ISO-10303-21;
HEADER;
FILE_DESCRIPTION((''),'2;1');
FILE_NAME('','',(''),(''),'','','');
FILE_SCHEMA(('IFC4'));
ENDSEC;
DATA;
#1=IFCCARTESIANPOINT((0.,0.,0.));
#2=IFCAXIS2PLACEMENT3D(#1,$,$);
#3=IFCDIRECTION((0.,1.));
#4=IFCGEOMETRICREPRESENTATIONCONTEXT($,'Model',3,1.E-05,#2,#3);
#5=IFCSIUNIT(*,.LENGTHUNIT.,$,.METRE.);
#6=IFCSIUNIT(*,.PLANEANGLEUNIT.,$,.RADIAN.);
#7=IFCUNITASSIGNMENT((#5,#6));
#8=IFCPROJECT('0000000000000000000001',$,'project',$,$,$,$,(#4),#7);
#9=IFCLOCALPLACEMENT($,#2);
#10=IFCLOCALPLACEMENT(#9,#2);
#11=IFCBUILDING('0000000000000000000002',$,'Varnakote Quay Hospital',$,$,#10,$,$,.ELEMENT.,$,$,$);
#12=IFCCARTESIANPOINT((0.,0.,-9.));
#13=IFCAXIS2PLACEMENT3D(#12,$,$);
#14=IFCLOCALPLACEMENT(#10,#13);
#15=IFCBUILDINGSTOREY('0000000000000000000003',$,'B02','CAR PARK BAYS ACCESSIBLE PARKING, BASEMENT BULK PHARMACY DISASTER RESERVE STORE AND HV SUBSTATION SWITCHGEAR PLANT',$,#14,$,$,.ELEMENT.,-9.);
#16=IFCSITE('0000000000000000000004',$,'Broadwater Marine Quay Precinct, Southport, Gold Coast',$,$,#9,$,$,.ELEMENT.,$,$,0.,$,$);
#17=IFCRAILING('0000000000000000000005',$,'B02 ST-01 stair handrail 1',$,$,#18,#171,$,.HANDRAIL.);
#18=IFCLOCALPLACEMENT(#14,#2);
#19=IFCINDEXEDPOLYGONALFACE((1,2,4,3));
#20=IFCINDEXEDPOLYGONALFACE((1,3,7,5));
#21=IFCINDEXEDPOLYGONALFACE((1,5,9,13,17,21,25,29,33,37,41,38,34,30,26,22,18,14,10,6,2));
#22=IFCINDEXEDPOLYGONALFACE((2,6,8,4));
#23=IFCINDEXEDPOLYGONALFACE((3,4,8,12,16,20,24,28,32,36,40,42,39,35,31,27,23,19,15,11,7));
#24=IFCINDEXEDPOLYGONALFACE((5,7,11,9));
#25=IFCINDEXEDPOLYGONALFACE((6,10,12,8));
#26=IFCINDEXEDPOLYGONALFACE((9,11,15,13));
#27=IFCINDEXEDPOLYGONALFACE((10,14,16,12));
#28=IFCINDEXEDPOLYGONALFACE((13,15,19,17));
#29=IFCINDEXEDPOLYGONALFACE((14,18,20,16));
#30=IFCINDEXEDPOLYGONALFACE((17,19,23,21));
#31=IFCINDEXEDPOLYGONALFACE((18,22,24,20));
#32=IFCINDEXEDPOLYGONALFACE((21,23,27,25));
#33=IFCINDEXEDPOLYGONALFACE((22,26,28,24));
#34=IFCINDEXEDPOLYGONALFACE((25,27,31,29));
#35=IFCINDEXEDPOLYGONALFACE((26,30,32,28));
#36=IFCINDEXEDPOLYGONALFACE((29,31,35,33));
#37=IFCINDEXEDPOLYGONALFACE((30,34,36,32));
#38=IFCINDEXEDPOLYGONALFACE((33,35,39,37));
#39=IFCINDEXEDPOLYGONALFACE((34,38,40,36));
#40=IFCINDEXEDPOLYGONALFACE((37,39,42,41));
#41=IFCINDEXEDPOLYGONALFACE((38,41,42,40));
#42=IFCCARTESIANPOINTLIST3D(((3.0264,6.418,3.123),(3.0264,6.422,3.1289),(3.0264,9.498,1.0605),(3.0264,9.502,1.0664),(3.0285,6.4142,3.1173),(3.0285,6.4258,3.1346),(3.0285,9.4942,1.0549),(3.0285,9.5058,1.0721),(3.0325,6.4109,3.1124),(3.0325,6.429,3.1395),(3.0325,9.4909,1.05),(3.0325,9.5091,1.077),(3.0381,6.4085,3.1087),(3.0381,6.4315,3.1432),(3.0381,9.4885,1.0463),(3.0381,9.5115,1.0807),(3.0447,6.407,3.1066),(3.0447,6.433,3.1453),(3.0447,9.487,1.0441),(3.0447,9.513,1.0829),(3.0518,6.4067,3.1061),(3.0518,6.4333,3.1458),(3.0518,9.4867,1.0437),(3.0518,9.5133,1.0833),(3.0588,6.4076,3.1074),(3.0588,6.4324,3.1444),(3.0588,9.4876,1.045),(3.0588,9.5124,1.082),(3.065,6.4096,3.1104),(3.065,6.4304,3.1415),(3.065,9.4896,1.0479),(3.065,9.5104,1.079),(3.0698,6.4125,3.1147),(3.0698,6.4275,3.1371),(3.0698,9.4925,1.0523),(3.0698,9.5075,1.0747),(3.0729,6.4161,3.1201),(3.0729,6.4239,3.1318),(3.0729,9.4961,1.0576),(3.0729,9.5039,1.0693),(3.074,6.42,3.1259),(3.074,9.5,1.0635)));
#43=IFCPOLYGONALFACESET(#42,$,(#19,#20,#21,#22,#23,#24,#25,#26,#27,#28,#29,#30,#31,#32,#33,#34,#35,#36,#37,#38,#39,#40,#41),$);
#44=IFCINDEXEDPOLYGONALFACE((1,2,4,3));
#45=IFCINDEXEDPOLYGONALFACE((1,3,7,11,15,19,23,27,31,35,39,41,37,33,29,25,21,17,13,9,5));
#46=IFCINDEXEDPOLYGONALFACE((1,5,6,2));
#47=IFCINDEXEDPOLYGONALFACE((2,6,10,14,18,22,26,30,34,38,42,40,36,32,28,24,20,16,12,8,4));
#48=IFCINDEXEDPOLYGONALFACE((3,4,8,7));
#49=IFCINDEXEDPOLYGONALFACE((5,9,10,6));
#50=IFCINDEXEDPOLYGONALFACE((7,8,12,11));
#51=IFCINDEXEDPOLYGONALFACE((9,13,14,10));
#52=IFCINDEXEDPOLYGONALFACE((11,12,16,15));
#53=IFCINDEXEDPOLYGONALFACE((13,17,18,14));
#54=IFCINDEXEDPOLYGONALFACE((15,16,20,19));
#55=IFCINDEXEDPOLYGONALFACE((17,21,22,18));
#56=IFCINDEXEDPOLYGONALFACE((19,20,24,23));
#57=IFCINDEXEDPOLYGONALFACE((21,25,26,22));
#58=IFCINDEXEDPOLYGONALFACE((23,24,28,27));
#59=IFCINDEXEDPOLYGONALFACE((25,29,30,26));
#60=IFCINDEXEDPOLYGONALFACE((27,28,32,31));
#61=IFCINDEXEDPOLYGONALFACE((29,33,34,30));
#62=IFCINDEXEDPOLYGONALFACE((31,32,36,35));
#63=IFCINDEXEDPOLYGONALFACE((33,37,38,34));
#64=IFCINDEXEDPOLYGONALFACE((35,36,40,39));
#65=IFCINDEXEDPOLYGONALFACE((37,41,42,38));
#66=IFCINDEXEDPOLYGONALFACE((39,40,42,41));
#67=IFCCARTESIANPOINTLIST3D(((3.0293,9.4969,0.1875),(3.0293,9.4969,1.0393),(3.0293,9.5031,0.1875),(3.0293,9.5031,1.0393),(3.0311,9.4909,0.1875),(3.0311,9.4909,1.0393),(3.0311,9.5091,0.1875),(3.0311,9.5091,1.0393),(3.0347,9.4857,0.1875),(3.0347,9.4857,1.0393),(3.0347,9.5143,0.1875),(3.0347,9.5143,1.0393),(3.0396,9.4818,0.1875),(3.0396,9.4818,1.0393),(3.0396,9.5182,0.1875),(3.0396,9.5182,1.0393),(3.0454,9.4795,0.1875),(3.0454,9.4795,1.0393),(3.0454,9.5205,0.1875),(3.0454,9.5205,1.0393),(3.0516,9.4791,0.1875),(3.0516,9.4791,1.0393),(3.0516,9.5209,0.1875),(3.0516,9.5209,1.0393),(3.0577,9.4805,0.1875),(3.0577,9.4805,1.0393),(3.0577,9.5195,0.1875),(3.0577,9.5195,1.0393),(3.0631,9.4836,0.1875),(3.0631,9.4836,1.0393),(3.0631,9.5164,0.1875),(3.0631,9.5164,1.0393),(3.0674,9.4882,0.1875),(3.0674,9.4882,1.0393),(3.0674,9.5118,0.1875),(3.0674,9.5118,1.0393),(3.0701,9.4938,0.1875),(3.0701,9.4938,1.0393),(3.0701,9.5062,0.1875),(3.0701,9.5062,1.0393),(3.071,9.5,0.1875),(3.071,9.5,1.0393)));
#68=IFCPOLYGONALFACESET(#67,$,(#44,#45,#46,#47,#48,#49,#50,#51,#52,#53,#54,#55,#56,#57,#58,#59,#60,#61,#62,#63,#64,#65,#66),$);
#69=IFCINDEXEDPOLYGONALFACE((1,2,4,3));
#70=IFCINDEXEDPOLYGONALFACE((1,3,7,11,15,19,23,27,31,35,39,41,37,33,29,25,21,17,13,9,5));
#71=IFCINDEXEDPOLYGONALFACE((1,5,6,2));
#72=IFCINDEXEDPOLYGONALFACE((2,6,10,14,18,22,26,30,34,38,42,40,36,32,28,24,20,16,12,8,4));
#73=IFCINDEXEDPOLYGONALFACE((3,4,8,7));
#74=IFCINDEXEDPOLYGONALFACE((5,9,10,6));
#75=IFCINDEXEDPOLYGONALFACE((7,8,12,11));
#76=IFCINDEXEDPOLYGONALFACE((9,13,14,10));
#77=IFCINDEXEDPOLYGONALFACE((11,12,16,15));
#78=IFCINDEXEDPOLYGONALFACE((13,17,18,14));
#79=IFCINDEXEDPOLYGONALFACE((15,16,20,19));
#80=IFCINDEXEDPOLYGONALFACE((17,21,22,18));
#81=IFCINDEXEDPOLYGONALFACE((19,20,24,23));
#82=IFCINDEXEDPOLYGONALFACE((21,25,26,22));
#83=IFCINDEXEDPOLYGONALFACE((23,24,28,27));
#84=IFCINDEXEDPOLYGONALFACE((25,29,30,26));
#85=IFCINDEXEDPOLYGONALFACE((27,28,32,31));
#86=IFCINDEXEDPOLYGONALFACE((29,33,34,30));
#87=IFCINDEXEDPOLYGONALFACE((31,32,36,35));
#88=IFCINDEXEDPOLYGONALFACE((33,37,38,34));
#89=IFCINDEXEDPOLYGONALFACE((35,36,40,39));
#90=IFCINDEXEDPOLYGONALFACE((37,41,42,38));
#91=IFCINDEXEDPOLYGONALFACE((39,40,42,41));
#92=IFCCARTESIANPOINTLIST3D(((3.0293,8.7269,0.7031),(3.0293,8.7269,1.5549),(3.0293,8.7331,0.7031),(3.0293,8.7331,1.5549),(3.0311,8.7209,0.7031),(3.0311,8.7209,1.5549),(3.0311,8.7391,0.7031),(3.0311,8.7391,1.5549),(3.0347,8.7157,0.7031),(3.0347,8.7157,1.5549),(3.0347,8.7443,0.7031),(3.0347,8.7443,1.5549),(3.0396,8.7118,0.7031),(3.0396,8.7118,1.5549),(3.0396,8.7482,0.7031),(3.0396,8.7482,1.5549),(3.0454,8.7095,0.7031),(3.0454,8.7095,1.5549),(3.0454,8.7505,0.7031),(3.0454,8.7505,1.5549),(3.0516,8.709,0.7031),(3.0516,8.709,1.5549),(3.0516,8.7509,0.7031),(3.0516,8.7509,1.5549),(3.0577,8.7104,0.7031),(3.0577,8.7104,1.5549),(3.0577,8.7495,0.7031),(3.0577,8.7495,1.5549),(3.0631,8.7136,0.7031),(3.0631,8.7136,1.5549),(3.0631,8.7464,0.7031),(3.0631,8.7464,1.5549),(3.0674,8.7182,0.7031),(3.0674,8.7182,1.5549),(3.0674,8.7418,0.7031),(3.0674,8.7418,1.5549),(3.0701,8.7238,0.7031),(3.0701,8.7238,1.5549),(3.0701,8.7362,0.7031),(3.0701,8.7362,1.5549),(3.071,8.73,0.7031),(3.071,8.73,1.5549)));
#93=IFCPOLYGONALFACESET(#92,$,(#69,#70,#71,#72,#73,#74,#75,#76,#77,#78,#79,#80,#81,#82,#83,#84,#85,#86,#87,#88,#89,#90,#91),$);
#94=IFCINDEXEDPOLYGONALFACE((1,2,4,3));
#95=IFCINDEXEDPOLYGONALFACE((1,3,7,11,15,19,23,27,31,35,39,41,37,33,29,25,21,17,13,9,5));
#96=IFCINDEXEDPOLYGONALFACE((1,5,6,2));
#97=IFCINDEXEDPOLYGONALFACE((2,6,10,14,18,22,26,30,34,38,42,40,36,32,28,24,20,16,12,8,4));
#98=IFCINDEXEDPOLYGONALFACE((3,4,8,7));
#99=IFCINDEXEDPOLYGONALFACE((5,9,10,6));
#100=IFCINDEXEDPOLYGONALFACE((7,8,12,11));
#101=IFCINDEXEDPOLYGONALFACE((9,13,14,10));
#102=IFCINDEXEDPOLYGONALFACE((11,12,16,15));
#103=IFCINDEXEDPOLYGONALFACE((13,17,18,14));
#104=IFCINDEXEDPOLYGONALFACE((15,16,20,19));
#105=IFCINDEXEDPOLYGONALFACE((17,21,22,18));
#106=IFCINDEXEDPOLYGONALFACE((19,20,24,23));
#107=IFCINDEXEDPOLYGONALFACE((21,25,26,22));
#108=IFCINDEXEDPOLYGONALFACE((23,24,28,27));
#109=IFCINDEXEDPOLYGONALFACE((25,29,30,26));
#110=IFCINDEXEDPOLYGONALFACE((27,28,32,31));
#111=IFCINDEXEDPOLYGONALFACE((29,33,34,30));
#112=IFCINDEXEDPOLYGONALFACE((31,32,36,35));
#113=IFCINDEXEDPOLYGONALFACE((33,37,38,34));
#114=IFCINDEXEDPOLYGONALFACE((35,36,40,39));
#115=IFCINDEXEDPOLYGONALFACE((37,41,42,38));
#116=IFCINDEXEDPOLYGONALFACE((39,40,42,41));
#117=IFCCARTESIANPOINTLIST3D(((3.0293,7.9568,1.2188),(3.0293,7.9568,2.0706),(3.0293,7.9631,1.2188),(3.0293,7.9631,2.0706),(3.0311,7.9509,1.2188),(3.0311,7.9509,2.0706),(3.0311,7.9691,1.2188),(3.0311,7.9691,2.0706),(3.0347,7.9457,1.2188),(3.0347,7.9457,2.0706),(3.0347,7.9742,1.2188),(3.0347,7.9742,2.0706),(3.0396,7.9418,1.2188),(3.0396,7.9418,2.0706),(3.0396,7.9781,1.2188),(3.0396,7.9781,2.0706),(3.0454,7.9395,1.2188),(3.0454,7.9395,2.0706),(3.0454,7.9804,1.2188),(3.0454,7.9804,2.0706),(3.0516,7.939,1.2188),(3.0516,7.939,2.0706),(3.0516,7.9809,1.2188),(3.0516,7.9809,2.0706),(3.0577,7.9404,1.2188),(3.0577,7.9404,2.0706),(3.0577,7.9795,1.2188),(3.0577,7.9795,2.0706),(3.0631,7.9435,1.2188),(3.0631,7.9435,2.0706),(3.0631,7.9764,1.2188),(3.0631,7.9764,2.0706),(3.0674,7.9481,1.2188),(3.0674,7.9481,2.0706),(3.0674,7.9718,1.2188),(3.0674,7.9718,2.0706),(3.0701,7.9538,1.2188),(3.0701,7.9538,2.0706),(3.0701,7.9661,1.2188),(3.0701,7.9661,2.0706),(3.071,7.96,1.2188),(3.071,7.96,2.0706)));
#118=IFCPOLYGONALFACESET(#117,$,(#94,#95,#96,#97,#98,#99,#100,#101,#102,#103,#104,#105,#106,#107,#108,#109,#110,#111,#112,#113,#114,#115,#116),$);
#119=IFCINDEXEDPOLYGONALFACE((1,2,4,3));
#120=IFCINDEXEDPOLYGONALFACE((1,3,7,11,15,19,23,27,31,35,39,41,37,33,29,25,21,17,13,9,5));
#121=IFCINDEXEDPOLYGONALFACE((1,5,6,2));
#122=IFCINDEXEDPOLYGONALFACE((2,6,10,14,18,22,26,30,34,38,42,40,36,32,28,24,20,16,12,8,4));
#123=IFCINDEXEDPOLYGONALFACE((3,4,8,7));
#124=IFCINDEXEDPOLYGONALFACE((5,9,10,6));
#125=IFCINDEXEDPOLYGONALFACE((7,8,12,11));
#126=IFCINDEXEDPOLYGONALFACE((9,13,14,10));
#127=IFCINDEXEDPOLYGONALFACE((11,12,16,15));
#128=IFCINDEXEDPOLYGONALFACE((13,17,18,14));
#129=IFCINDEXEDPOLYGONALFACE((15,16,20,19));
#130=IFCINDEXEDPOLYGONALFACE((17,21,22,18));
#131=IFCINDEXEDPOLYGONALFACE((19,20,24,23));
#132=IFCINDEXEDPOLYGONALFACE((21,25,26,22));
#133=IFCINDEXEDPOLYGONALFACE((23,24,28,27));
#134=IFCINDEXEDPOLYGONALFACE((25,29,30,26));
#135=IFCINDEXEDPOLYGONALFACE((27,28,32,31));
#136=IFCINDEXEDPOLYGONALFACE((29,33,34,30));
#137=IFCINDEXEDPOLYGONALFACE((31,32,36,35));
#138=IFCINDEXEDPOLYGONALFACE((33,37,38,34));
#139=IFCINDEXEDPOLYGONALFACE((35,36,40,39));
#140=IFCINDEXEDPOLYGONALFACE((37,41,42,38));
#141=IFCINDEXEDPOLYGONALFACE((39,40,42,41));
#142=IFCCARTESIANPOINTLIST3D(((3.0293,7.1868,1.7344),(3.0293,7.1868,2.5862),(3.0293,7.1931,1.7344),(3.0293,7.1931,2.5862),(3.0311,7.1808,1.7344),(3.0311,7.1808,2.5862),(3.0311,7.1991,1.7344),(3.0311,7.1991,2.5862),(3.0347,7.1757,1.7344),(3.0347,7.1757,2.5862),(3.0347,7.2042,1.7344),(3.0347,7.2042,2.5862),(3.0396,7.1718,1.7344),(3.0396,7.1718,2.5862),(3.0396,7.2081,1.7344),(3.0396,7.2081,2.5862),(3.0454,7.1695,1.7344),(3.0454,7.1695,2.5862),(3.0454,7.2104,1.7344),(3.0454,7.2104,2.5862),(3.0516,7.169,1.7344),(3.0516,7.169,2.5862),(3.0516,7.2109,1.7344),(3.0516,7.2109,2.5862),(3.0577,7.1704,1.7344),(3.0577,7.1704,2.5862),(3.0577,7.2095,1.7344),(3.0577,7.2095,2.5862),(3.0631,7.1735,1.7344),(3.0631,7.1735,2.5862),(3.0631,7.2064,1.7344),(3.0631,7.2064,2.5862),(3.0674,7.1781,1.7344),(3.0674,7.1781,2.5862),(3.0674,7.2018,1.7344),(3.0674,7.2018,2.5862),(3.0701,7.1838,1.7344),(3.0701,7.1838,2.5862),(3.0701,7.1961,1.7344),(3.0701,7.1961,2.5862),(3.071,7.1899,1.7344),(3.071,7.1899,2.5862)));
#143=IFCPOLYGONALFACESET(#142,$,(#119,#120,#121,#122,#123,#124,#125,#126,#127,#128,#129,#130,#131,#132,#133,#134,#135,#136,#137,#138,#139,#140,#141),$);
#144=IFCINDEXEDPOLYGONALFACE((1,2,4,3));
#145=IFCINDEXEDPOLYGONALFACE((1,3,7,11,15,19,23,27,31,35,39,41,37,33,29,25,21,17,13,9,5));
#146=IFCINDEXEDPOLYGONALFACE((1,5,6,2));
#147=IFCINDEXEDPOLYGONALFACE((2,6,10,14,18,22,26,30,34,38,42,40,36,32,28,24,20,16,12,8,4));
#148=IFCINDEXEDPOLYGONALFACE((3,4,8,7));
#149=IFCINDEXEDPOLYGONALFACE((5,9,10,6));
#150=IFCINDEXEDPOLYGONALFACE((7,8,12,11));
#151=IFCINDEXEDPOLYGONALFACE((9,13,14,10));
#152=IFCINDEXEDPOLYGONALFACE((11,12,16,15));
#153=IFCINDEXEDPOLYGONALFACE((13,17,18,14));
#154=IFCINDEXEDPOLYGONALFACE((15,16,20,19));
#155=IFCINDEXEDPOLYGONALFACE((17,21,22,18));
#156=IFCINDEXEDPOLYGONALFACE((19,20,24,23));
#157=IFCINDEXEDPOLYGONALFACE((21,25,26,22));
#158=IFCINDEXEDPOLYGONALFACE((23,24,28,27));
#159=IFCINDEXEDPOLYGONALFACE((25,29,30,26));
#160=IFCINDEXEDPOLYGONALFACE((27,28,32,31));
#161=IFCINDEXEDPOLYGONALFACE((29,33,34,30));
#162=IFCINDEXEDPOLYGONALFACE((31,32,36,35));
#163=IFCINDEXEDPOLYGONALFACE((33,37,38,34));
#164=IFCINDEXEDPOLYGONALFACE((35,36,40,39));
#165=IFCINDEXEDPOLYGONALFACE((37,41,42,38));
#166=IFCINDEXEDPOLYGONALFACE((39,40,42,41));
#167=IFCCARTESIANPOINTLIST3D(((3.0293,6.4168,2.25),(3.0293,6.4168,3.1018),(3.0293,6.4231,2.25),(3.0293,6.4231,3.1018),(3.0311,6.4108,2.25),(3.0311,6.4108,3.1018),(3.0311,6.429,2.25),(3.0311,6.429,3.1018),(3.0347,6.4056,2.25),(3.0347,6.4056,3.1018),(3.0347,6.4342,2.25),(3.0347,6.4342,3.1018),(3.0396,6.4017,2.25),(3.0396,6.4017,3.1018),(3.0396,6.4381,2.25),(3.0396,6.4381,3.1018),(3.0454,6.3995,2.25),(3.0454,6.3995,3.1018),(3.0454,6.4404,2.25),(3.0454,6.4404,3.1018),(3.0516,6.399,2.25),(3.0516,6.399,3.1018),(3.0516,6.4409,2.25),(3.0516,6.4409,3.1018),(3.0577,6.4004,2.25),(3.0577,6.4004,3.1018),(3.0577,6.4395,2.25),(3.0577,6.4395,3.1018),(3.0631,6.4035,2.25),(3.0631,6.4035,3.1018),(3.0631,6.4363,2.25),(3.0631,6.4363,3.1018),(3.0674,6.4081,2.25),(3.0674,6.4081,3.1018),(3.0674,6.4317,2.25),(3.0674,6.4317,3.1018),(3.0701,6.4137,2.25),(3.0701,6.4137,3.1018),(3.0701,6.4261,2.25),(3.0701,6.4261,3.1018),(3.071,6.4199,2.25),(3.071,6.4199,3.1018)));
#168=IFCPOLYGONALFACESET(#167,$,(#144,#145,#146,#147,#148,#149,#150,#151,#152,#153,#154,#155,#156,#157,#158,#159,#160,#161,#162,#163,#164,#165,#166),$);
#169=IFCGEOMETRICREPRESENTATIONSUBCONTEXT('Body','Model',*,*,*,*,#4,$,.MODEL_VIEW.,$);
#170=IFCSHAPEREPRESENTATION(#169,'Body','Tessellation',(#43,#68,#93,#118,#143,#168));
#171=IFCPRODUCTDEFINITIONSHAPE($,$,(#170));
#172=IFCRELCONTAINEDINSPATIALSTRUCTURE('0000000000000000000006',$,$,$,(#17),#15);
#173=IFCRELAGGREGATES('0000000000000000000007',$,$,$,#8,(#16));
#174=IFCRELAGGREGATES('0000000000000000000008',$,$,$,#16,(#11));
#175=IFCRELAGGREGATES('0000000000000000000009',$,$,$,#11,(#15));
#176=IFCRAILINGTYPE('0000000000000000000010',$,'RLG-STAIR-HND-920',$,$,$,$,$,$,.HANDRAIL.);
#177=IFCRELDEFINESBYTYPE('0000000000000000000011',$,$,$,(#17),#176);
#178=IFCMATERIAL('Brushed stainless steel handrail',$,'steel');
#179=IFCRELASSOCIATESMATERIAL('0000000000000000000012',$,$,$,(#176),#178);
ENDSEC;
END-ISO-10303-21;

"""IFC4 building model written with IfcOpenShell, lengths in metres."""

from ifc_helpers import new_model, si_unit, direction, frame, origin, origin_2d, place, context, subcontext, project, spatial, circle, extrude, material, type_object, element, save


model = new_model("IFC4")

# Units and contexts
model_context = context("Model", 3, precision=1e-05, world=origin(), true_north=direction((0.0, 1.0)))
body_context = subcontext(model_context, "Body", "Model", "MODEL_VIEW")
ifc_project = project(units=[si_unit("LENGTHUNIT", "METRE"), si_unit("PLANEANGLEUNIT", "RADIAN")], contexts=[model_context])

# Site, building, storey
site_placement = place(None, origin())
site = spatial("IfcSite", under=ifc_project, at=site_placement, Name="Broadwater Marine Quay Precinct, Southport, Gold Coast", CompositionType="ELEMENT", RefElevation=0.0)
building_placement = place(site_placement, origin())
building = spatial("IfcBuilding", under=site, at=building_placement, Name="Varnakote Quay Hospital", CompositionType="ELEMENT")
storey_placement = place(building_placement, frame((0.0, 0.0, -9.0)))
storey = spatial("IfcBuildingStorey", under=building, at=storey_placement, Name="B02", Description="CAR PARK BAYS ACCESSIBLE PARKING, BASEMENT BULK PHARMACY DISASTER RESERVE STORE AND HV SUBSTATION SWITCHGEAR PLANT", CompositionType="ELEMENT", Elevation=-9.0)

# Railing
ifc_material_1 = material(Name="Brushed stainless steel handrail", Category="steel")
railing_type_1 = type_object("IfcRailingType", Name="RLG-STAIR-HND-920", PredefinedType="HANDRAIL", material=ifc_material_1)
railing_1_placement = place(storey_placement, frame((3.05, 9.5, 0.1875)))
element("IfcRailing", 1, at=railing_1_placement, inside=storey, type_object=railing_type_1, Name="B02 ST-01 stair handrail 1", PredefinedType="HANDRAIL", context=body_context, shape_type="SweptSolid", body=[
    extrude(circle(Radius=0.0239, at=origin_2d()), frame((0.0, 0.0, 0.876), z_axis=(0.0, -0.830914, 0.556401), x_axis=(1.0, 0.0, 0.0)), (0.0, 0.0, 1.0), 3.7068),
    extrude(circle(Radius=0.021, at=origin_2d()), origin(), (0.0, 0.0, 1.0), 0.8518),
    extrude(circle(Radius=0.021, at=origin_2d()), frame((0.0, -0.77, 0.5156)), (0.0, 0.0, 1.0), 0.8518),
    extrude(circle(Radius=0.021, at=origin_2d()), frame((0.0, -1.54, 1.0312)), (0.0, 0.0, 1.0), 0.8518),
    extrude(circle(Radius=0.021, at=origin_2d()), frame((0.0, -2.3101, 1.5469)), (0.0, 0.0, 1.0), 0.8518),
    extrude(circle(Radius=0.021, at=origin_2d()), frame((0.0, -3.0801, 2.0625)), (0.0, 0.0, 1.0), 0.8518),
])

save(model, "model.ifc")
